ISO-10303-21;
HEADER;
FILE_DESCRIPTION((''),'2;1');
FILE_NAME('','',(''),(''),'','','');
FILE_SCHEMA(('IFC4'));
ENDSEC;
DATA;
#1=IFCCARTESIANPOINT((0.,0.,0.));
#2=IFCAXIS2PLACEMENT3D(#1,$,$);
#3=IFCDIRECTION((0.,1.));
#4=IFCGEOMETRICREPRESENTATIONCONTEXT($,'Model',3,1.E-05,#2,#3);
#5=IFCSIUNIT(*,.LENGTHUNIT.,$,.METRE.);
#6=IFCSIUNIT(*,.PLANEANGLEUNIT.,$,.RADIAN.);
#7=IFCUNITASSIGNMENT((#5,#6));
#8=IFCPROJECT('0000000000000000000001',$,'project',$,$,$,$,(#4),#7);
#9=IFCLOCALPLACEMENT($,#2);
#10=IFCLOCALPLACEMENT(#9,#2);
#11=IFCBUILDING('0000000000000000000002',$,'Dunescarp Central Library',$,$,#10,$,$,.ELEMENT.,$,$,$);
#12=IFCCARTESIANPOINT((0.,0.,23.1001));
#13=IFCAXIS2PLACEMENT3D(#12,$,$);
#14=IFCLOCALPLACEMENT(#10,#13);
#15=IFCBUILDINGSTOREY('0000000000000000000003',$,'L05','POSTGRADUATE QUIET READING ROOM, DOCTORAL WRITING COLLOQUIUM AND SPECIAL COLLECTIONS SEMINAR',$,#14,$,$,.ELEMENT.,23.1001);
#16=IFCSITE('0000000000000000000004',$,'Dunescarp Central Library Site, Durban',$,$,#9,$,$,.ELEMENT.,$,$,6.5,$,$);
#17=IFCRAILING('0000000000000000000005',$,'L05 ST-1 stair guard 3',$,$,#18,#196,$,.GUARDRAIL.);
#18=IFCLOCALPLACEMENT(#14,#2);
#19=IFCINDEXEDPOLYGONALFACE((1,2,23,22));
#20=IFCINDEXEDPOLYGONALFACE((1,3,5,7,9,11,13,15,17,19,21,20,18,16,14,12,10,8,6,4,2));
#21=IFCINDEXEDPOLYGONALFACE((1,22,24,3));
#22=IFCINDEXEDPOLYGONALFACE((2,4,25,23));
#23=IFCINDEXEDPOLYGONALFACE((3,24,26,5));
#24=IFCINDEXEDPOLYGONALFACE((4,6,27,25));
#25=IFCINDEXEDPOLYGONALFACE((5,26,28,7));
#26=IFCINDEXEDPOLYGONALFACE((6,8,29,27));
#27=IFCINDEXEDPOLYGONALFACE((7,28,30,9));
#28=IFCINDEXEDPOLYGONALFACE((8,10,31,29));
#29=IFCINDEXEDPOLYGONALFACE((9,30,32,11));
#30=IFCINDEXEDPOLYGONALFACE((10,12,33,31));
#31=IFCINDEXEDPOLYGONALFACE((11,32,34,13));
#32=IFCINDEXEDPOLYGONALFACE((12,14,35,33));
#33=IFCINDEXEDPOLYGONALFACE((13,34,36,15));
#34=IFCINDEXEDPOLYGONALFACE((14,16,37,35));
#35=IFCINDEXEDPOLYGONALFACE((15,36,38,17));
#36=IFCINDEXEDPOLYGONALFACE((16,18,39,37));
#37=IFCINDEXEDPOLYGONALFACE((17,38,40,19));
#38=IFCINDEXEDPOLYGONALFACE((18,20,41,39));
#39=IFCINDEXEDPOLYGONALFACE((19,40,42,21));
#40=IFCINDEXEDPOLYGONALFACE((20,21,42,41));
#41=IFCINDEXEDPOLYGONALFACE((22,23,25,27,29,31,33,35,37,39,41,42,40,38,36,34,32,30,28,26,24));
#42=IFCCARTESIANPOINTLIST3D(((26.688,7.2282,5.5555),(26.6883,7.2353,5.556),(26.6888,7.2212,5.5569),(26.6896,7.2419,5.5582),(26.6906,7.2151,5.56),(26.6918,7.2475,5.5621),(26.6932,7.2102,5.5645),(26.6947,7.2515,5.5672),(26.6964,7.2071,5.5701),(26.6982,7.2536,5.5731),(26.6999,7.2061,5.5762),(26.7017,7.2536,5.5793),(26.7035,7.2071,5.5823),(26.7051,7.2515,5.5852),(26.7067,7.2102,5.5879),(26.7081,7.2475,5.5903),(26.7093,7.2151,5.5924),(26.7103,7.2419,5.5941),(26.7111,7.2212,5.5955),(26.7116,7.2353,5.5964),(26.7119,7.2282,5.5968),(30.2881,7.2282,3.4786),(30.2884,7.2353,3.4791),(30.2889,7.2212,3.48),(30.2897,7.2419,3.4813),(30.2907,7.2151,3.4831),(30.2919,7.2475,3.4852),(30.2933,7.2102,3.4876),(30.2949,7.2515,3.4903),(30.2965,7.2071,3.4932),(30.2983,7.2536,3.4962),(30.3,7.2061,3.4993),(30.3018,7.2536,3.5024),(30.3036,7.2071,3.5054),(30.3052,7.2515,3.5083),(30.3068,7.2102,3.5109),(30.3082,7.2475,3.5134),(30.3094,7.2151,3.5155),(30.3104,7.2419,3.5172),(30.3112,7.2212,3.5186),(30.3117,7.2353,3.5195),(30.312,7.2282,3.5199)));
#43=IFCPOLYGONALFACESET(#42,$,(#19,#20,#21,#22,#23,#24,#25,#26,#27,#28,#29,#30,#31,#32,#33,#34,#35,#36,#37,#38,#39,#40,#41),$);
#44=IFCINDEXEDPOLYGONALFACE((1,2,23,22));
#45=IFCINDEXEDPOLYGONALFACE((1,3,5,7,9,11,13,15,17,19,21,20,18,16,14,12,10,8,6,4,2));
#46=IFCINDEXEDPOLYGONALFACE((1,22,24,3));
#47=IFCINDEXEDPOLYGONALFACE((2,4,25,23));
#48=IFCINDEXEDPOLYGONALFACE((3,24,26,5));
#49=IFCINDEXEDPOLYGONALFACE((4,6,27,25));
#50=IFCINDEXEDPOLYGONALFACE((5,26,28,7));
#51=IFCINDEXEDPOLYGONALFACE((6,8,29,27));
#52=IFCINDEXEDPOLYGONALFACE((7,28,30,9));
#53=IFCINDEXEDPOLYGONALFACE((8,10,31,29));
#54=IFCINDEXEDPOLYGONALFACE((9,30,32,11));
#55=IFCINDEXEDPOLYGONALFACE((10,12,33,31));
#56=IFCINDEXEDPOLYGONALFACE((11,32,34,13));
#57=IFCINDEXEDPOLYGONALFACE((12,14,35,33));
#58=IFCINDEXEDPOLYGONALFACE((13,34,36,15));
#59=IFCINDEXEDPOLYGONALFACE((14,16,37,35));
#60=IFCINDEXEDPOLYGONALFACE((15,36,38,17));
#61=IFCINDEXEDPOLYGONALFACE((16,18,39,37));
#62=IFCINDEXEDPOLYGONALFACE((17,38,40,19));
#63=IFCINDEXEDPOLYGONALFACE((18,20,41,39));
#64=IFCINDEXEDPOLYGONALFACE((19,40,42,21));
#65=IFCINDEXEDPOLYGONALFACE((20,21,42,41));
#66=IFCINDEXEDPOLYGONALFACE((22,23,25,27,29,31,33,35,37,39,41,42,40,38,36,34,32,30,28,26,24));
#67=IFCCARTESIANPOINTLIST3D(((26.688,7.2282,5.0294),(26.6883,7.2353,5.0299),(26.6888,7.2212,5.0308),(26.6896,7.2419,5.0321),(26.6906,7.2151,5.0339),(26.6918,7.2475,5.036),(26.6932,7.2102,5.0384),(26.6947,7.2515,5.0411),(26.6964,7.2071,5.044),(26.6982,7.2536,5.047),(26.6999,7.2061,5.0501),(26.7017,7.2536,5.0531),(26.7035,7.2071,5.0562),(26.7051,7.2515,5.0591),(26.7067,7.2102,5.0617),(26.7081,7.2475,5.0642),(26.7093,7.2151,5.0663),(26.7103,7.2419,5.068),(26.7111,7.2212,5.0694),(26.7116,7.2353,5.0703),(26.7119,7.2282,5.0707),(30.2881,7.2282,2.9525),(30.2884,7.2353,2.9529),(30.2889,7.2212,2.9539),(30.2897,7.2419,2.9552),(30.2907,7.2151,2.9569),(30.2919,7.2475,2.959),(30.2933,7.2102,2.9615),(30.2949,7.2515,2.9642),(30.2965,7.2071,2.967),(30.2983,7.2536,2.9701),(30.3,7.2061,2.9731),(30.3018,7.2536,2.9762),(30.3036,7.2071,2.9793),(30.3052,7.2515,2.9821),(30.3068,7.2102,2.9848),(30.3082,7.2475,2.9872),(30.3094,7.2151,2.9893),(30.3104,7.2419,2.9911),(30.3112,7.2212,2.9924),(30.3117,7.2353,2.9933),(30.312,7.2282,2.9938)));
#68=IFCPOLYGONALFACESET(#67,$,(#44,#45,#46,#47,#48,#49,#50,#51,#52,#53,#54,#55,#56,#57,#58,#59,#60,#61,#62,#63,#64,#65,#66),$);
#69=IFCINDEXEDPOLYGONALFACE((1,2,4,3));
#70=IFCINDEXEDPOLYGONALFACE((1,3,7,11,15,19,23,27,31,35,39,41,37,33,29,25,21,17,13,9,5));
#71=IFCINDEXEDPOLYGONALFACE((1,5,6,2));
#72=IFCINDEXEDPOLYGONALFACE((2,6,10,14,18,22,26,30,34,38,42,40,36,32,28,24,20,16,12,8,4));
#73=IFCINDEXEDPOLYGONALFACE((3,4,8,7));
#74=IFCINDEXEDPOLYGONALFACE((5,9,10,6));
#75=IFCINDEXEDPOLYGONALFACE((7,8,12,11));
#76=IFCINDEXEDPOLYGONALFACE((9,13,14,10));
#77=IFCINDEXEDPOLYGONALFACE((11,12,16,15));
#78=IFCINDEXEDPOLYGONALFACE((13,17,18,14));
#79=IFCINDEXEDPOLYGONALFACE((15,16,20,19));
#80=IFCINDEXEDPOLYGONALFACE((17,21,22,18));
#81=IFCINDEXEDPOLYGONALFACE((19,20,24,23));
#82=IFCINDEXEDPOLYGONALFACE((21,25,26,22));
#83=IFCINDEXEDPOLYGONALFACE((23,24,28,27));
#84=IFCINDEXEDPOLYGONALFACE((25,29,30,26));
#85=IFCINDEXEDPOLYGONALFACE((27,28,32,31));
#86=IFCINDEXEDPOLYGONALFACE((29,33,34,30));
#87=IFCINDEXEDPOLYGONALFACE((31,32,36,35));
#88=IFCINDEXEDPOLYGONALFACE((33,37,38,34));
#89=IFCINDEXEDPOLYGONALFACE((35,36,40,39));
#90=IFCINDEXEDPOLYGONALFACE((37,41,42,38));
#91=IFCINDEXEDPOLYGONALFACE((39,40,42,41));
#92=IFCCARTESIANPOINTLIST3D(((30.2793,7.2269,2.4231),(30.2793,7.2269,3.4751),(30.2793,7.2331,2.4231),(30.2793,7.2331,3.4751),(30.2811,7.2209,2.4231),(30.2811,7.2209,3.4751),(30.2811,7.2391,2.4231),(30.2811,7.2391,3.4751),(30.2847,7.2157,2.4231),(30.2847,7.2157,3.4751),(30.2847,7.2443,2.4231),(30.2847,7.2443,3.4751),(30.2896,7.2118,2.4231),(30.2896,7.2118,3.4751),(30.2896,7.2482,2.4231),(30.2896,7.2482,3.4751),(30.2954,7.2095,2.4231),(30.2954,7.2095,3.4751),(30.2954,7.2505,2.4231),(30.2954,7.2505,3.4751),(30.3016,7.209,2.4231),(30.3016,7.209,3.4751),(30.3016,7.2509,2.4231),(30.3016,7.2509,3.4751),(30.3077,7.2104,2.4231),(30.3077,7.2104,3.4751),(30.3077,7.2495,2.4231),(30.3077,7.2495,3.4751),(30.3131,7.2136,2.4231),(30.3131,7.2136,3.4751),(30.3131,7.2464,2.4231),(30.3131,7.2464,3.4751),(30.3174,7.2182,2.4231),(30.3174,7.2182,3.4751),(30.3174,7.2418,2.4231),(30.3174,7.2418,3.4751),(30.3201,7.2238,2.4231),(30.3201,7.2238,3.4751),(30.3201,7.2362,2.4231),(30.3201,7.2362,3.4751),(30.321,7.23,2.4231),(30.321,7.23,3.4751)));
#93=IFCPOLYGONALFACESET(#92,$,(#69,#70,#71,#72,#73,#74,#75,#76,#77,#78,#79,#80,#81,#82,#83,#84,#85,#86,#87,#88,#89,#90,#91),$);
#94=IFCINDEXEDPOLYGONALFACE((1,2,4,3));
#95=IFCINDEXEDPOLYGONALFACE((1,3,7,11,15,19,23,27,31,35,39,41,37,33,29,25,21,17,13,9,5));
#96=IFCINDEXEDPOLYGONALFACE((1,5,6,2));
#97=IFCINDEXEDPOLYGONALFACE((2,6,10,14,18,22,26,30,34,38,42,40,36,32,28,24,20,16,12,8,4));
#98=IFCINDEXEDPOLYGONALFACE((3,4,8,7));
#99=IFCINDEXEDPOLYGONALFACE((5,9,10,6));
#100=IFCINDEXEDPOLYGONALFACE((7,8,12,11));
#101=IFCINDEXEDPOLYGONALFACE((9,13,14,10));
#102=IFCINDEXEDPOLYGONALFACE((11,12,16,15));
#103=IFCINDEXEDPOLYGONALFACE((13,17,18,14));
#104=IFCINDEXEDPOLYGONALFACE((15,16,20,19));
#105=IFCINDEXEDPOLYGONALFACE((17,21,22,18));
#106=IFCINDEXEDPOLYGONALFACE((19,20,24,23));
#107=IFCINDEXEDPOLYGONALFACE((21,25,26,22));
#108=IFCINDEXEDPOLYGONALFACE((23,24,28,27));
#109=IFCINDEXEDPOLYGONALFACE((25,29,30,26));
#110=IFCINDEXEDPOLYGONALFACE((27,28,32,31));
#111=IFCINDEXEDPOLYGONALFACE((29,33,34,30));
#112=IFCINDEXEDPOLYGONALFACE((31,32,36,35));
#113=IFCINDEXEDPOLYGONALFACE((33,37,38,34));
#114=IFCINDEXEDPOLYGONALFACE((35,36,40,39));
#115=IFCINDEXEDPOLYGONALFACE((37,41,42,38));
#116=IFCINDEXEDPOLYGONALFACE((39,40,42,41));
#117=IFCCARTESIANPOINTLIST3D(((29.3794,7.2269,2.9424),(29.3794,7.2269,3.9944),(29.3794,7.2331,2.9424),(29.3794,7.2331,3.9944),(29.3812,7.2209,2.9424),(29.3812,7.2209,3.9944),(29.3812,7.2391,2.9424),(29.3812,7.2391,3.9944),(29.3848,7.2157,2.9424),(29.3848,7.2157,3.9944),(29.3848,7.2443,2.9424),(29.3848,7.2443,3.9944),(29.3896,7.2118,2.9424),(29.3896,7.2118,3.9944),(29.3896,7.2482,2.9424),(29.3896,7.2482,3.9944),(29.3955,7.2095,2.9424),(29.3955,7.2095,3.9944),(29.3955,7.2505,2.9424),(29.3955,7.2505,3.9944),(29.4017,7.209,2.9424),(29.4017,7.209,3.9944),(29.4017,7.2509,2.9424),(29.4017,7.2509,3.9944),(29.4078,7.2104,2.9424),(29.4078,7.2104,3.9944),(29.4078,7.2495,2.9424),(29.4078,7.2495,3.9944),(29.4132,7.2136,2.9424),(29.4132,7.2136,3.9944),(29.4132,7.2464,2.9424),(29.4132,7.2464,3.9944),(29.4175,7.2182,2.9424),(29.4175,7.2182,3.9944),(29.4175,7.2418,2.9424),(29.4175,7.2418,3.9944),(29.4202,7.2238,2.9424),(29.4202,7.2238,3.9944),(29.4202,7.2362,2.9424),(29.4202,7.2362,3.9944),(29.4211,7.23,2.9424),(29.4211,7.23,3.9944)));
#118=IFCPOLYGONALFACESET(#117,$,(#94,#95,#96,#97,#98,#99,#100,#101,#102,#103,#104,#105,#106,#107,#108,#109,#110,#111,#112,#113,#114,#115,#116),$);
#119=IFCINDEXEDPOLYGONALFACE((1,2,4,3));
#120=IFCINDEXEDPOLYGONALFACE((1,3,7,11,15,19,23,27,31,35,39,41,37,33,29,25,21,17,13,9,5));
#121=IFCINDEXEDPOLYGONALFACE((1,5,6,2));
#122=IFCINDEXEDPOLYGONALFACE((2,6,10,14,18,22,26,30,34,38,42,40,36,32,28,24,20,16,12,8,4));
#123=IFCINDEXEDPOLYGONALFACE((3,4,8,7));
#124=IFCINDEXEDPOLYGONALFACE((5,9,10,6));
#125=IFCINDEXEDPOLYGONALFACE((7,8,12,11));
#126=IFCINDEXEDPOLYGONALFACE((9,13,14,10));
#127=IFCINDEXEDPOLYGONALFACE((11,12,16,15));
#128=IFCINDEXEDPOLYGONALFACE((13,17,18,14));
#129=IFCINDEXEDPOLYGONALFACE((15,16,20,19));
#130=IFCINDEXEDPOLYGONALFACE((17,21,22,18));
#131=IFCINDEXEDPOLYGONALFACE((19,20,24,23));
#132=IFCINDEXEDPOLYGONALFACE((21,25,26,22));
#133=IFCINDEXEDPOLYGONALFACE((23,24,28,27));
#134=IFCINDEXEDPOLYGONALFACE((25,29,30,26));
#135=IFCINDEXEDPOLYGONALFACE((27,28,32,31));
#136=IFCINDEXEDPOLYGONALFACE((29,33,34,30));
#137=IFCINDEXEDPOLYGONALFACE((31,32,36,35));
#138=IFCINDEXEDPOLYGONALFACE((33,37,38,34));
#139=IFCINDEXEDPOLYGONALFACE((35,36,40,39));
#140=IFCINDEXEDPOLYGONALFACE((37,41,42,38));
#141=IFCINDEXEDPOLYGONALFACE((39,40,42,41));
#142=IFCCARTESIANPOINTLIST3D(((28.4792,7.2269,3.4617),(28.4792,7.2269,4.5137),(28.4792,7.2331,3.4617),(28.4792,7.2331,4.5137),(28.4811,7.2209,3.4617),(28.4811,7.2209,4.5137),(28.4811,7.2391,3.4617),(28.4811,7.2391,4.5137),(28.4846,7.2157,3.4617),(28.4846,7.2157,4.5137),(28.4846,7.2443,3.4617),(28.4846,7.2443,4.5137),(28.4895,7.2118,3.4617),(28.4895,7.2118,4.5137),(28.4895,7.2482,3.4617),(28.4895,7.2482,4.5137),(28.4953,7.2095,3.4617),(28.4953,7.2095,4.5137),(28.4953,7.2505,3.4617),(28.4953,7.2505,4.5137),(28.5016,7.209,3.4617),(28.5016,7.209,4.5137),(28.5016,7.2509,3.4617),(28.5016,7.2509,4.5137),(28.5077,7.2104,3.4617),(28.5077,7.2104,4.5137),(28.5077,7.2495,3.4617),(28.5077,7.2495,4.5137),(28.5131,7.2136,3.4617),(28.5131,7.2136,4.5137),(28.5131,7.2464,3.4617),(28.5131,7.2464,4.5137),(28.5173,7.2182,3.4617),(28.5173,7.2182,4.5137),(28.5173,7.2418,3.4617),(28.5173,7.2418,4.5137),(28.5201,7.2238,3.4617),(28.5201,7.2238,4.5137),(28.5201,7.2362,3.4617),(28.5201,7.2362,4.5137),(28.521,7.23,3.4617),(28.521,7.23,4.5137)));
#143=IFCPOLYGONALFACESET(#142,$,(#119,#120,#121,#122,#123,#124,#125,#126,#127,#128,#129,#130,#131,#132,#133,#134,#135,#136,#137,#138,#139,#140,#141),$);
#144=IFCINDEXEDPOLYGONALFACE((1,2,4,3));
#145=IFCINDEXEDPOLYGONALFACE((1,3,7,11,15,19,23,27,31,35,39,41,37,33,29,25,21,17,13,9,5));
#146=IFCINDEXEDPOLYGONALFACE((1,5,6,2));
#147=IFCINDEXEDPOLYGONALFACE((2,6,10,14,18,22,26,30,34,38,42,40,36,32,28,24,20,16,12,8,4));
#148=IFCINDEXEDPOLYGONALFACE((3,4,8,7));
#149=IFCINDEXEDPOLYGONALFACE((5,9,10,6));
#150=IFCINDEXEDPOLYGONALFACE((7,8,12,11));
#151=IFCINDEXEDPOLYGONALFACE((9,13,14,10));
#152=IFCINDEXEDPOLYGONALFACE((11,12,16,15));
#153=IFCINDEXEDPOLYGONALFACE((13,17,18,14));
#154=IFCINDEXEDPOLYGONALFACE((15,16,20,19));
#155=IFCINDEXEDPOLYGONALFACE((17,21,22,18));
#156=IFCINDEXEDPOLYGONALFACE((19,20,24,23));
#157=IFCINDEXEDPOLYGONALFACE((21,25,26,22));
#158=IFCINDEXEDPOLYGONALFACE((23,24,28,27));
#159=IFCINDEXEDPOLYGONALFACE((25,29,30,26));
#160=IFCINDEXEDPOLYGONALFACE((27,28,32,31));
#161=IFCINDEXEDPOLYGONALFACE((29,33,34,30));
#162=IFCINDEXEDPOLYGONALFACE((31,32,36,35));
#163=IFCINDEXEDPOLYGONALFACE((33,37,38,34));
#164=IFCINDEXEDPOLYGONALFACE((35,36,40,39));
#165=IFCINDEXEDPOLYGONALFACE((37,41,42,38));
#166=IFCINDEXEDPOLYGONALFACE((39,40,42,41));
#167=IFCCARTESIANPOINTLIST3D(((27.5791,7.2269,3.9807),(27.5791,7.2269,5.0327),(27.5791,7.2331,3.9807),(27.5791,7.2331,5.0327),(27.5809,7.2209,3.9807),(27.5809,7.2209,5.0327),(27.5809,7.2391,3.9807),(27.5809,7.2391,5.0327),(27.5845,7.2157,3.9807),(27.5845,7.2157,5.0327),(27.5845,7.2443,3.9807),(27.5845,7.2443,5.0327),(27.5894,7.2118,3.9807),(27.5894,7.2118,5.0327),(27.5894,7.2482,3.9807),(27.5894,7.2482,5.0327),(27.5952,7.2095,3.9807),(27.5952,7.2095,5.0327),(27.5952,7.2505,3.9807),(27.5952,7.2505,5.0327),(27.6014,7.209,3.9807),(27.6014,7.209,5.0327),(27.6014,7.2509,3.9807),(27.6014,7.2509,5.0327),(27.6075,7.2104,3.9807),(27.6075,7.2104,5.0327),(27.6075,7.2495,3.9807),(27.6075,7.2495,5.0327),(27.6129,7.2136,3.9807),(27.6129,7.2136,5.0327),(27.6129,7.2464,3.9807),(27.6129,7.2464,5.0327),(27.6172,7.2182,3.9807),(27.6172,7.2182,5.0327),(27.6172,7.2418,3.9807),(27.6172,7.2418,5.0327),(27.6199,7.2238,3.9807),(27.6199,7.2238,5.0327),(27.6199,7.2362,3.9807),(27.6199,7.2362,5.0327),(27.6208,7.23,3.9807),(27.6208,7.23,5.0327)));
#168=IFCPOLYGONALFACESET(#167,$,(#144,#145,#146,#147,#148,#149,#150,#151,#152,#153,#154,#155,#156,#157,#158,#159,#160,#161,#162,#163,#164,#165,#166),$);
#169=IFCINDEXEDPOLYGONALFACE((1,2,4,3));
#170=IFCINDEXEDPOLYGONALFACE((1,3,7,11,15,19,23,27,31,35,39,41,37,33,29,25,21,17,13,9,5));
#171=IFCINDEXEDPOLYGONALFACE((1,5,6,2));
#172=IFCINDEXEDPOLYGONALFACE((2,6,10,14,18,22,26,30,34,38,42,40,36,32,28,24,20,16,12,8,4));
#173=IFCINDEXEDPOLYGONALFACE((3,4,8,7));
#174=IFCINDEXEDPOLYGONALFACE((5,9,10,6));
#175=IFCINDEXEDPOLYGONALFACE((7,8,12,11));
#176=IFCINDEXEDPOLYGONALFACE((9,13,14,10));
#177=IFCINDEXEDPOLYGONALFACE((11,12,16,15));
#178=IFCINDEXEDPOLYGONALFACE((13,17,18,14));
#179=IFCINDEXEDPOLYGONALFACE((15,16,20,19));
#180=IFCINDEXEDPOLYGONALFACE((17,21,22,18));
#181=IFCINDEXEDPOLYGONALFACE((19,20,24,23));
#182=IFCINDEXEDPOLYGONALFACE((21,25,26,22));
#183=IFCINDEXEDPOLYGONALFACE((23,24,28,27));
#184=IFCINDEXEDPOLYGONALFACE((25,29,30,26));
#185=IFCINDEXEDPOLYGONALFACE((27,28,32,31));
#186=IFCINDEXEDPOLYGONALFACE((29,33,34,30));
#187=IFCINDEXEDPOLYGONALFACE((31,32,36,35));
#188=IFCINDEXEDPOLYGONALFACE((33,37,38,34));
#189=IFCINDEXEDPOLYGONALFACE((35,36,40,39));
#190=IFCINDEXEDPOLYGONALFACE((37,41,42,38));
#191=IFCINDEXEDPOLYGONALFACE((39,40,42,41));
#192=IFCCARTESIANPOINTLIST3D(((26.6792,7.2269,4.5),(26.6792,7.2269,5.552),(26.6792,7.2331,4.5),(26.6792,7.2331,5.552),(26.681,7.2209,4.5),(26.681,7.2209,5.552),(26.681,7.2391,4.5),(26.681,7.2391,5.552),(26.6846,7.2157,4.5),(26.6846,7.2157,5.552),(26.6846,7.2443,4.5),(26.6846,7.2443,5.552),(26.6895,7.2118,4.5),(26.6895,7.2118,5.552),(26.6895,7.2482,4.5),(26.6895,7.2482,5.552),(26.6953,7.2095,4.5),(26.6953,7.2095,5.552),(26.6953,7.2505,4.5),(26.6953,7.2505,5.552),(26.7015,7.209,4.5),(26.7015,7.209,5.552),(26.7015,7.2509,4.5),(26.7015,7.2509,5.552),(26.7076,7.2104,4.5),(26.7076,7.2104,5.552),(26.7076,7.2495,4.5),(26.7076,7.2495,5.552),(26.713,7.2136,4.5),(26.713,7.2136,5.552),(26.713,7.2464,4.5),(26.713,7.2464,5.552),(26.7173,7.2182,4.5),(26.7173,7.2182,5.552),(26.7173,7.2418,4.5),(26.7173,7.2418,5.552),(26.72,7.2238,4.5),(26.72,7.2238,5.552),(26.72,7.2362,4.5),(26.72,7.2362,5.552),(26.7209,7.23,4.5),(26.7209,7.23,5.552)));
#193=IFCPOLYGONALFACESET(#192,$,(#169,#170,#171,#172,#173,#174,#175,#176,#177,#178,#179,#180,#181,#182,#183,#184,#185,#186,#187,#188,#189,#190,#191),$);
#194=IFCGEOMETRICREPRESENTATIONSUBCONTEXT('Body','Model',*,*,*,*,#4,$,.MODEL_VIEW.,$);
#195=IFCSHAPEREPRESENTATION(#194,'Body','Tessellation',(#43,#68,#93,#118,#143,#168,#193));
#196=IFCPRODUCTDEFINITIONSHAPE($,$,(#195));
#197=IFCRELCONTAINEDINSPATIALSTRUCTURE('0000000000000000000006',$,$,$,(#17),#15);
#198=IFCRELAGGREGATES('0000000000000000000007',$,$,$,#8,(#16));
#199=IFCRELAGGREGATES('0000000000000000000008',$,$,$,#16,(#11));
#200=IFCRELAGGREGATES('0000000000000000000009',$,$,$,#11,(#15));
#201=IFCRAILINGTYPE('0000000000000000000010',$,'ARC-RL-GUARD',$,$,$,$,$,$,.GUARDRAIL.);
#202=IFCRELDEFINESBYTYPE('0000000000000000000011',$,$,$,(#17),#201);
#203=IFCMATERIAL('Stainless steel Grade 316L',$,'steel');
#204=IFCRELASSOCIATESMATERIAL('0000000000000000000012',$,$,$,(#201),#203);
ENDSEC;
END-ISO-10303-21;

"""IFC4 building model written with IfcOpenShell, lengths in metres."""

from ifc_helpers import new_model, si_unit, direction, frame, origin, origin_2d, place, context, subcontext, project, spatial, circle, extrude, material, type_object, element, save


model = new_model("IFC4")

# Units and contexts
model_context = context("Model", 3, precision=1e-05, world=origin(), true_north=direction((0.0, 1.0)))
body_context = subcontext(model_context, "Body", "Model", "MODEL_VIEW")
ifc_project = project(units=[si_unit("LENGTHUNIT", "METRE"), si_unit("PLANEANGLEUNIT", "RADIAN")], contexts=[model_context])

# Site, building, storey
site_placement = place(None, origin())
site = spatial("IfcSite", under=ifc_project, at=site_placement, Name="Dunescarp Central Library Site, Durban", CompositionType="ELEMENT", RefElevation=6.5)
building_placement = place(site_placement, origin())
building = spatial("IfcBuilding", under=site, at=building_placement, Name="Dunescarp Central Library", CompositionType="ELEMENT")
storey_placement = place(building_placement, frame((0.0, 0.0, 23.1001)))
storey = spatial("IfcBuildingStorey", under=building, at=storey_placement, Name="L05", Description="POSTGRADUATE QUIET READING ROOM, DOCTORAL WRITING COLLOQUIUM AND SPECIAL COLLECTIONS SEMINAR", CompositionType="ELEMENT", Elevation=23.1001)

# Shared definitions
ifc_material_1 = material(Name="Stainless steel Grade 316L", Category="steel")

# Railing
railing_type_1 = type_object("IfcRailingType", Name="ARC-RL-GUARD", PredefinedType="GUARDRAIL", material=ifc_material_1)
railing_1_placement = place(storey_placement, frame((30.3, 7.23, 2.4231)))
element("IfcRailing", 1, at=railing_1_placement, inside=storey, type_object=railing_type_1, Name="L05 ST-1 stair guard 3", PredefinedType="GUARDRAIL", context=body_context, shape_type="SweptSolid", body=[
    extrude(circle(Radius=0.0239, at=origin_2d()), frame((0.0, 0.0, 1.0762), z_axis=(-0.866193, 0.0, 0.499709), x_axis=(0.0, -1.0, 0.0)), (0.0, 0.0, 1.0), 4.1562),
    extrude(circle(Radius=0.0239, at=origin_2d()), frame((0.0, 0.0, 0.55), z_axis=(-0.866193, 0.0, 0.499709), x_axis=(0.0, -1.0, 0.0)), (0.0, 0.0, 1.0), 4.1562),
    extrude(circle(Radius=0.021, at=origin_2d()), origin(), (0.0, 0.0, 1.0), 1.052),
    extrude(circle(Radius=0.021, at=origin_2d()), frame((-0.8999, 0.0, 0.5193)), (0.0, 0.0, 1.0), 1.052),
    extrude(circle(Radius=0.021, at=origin_2d()), frame((-1.8, 0.0, 1.0386)), (0.0, 0.0, 1.0), 1.052),
    extrude(circle(Radius=0.021, at=origin_2d()), frame((-2.7002, 0.0, 1.5576)), (0.0, 0.0, 1.0), 1.052),
    extrude(circle(Radius=0.021, at=origin_2d()), frame((-3.6001, 0.0, 2.0769)), (0.0, 0.0, 1.0), 1.052),
])

save(model, "model.ifc")
